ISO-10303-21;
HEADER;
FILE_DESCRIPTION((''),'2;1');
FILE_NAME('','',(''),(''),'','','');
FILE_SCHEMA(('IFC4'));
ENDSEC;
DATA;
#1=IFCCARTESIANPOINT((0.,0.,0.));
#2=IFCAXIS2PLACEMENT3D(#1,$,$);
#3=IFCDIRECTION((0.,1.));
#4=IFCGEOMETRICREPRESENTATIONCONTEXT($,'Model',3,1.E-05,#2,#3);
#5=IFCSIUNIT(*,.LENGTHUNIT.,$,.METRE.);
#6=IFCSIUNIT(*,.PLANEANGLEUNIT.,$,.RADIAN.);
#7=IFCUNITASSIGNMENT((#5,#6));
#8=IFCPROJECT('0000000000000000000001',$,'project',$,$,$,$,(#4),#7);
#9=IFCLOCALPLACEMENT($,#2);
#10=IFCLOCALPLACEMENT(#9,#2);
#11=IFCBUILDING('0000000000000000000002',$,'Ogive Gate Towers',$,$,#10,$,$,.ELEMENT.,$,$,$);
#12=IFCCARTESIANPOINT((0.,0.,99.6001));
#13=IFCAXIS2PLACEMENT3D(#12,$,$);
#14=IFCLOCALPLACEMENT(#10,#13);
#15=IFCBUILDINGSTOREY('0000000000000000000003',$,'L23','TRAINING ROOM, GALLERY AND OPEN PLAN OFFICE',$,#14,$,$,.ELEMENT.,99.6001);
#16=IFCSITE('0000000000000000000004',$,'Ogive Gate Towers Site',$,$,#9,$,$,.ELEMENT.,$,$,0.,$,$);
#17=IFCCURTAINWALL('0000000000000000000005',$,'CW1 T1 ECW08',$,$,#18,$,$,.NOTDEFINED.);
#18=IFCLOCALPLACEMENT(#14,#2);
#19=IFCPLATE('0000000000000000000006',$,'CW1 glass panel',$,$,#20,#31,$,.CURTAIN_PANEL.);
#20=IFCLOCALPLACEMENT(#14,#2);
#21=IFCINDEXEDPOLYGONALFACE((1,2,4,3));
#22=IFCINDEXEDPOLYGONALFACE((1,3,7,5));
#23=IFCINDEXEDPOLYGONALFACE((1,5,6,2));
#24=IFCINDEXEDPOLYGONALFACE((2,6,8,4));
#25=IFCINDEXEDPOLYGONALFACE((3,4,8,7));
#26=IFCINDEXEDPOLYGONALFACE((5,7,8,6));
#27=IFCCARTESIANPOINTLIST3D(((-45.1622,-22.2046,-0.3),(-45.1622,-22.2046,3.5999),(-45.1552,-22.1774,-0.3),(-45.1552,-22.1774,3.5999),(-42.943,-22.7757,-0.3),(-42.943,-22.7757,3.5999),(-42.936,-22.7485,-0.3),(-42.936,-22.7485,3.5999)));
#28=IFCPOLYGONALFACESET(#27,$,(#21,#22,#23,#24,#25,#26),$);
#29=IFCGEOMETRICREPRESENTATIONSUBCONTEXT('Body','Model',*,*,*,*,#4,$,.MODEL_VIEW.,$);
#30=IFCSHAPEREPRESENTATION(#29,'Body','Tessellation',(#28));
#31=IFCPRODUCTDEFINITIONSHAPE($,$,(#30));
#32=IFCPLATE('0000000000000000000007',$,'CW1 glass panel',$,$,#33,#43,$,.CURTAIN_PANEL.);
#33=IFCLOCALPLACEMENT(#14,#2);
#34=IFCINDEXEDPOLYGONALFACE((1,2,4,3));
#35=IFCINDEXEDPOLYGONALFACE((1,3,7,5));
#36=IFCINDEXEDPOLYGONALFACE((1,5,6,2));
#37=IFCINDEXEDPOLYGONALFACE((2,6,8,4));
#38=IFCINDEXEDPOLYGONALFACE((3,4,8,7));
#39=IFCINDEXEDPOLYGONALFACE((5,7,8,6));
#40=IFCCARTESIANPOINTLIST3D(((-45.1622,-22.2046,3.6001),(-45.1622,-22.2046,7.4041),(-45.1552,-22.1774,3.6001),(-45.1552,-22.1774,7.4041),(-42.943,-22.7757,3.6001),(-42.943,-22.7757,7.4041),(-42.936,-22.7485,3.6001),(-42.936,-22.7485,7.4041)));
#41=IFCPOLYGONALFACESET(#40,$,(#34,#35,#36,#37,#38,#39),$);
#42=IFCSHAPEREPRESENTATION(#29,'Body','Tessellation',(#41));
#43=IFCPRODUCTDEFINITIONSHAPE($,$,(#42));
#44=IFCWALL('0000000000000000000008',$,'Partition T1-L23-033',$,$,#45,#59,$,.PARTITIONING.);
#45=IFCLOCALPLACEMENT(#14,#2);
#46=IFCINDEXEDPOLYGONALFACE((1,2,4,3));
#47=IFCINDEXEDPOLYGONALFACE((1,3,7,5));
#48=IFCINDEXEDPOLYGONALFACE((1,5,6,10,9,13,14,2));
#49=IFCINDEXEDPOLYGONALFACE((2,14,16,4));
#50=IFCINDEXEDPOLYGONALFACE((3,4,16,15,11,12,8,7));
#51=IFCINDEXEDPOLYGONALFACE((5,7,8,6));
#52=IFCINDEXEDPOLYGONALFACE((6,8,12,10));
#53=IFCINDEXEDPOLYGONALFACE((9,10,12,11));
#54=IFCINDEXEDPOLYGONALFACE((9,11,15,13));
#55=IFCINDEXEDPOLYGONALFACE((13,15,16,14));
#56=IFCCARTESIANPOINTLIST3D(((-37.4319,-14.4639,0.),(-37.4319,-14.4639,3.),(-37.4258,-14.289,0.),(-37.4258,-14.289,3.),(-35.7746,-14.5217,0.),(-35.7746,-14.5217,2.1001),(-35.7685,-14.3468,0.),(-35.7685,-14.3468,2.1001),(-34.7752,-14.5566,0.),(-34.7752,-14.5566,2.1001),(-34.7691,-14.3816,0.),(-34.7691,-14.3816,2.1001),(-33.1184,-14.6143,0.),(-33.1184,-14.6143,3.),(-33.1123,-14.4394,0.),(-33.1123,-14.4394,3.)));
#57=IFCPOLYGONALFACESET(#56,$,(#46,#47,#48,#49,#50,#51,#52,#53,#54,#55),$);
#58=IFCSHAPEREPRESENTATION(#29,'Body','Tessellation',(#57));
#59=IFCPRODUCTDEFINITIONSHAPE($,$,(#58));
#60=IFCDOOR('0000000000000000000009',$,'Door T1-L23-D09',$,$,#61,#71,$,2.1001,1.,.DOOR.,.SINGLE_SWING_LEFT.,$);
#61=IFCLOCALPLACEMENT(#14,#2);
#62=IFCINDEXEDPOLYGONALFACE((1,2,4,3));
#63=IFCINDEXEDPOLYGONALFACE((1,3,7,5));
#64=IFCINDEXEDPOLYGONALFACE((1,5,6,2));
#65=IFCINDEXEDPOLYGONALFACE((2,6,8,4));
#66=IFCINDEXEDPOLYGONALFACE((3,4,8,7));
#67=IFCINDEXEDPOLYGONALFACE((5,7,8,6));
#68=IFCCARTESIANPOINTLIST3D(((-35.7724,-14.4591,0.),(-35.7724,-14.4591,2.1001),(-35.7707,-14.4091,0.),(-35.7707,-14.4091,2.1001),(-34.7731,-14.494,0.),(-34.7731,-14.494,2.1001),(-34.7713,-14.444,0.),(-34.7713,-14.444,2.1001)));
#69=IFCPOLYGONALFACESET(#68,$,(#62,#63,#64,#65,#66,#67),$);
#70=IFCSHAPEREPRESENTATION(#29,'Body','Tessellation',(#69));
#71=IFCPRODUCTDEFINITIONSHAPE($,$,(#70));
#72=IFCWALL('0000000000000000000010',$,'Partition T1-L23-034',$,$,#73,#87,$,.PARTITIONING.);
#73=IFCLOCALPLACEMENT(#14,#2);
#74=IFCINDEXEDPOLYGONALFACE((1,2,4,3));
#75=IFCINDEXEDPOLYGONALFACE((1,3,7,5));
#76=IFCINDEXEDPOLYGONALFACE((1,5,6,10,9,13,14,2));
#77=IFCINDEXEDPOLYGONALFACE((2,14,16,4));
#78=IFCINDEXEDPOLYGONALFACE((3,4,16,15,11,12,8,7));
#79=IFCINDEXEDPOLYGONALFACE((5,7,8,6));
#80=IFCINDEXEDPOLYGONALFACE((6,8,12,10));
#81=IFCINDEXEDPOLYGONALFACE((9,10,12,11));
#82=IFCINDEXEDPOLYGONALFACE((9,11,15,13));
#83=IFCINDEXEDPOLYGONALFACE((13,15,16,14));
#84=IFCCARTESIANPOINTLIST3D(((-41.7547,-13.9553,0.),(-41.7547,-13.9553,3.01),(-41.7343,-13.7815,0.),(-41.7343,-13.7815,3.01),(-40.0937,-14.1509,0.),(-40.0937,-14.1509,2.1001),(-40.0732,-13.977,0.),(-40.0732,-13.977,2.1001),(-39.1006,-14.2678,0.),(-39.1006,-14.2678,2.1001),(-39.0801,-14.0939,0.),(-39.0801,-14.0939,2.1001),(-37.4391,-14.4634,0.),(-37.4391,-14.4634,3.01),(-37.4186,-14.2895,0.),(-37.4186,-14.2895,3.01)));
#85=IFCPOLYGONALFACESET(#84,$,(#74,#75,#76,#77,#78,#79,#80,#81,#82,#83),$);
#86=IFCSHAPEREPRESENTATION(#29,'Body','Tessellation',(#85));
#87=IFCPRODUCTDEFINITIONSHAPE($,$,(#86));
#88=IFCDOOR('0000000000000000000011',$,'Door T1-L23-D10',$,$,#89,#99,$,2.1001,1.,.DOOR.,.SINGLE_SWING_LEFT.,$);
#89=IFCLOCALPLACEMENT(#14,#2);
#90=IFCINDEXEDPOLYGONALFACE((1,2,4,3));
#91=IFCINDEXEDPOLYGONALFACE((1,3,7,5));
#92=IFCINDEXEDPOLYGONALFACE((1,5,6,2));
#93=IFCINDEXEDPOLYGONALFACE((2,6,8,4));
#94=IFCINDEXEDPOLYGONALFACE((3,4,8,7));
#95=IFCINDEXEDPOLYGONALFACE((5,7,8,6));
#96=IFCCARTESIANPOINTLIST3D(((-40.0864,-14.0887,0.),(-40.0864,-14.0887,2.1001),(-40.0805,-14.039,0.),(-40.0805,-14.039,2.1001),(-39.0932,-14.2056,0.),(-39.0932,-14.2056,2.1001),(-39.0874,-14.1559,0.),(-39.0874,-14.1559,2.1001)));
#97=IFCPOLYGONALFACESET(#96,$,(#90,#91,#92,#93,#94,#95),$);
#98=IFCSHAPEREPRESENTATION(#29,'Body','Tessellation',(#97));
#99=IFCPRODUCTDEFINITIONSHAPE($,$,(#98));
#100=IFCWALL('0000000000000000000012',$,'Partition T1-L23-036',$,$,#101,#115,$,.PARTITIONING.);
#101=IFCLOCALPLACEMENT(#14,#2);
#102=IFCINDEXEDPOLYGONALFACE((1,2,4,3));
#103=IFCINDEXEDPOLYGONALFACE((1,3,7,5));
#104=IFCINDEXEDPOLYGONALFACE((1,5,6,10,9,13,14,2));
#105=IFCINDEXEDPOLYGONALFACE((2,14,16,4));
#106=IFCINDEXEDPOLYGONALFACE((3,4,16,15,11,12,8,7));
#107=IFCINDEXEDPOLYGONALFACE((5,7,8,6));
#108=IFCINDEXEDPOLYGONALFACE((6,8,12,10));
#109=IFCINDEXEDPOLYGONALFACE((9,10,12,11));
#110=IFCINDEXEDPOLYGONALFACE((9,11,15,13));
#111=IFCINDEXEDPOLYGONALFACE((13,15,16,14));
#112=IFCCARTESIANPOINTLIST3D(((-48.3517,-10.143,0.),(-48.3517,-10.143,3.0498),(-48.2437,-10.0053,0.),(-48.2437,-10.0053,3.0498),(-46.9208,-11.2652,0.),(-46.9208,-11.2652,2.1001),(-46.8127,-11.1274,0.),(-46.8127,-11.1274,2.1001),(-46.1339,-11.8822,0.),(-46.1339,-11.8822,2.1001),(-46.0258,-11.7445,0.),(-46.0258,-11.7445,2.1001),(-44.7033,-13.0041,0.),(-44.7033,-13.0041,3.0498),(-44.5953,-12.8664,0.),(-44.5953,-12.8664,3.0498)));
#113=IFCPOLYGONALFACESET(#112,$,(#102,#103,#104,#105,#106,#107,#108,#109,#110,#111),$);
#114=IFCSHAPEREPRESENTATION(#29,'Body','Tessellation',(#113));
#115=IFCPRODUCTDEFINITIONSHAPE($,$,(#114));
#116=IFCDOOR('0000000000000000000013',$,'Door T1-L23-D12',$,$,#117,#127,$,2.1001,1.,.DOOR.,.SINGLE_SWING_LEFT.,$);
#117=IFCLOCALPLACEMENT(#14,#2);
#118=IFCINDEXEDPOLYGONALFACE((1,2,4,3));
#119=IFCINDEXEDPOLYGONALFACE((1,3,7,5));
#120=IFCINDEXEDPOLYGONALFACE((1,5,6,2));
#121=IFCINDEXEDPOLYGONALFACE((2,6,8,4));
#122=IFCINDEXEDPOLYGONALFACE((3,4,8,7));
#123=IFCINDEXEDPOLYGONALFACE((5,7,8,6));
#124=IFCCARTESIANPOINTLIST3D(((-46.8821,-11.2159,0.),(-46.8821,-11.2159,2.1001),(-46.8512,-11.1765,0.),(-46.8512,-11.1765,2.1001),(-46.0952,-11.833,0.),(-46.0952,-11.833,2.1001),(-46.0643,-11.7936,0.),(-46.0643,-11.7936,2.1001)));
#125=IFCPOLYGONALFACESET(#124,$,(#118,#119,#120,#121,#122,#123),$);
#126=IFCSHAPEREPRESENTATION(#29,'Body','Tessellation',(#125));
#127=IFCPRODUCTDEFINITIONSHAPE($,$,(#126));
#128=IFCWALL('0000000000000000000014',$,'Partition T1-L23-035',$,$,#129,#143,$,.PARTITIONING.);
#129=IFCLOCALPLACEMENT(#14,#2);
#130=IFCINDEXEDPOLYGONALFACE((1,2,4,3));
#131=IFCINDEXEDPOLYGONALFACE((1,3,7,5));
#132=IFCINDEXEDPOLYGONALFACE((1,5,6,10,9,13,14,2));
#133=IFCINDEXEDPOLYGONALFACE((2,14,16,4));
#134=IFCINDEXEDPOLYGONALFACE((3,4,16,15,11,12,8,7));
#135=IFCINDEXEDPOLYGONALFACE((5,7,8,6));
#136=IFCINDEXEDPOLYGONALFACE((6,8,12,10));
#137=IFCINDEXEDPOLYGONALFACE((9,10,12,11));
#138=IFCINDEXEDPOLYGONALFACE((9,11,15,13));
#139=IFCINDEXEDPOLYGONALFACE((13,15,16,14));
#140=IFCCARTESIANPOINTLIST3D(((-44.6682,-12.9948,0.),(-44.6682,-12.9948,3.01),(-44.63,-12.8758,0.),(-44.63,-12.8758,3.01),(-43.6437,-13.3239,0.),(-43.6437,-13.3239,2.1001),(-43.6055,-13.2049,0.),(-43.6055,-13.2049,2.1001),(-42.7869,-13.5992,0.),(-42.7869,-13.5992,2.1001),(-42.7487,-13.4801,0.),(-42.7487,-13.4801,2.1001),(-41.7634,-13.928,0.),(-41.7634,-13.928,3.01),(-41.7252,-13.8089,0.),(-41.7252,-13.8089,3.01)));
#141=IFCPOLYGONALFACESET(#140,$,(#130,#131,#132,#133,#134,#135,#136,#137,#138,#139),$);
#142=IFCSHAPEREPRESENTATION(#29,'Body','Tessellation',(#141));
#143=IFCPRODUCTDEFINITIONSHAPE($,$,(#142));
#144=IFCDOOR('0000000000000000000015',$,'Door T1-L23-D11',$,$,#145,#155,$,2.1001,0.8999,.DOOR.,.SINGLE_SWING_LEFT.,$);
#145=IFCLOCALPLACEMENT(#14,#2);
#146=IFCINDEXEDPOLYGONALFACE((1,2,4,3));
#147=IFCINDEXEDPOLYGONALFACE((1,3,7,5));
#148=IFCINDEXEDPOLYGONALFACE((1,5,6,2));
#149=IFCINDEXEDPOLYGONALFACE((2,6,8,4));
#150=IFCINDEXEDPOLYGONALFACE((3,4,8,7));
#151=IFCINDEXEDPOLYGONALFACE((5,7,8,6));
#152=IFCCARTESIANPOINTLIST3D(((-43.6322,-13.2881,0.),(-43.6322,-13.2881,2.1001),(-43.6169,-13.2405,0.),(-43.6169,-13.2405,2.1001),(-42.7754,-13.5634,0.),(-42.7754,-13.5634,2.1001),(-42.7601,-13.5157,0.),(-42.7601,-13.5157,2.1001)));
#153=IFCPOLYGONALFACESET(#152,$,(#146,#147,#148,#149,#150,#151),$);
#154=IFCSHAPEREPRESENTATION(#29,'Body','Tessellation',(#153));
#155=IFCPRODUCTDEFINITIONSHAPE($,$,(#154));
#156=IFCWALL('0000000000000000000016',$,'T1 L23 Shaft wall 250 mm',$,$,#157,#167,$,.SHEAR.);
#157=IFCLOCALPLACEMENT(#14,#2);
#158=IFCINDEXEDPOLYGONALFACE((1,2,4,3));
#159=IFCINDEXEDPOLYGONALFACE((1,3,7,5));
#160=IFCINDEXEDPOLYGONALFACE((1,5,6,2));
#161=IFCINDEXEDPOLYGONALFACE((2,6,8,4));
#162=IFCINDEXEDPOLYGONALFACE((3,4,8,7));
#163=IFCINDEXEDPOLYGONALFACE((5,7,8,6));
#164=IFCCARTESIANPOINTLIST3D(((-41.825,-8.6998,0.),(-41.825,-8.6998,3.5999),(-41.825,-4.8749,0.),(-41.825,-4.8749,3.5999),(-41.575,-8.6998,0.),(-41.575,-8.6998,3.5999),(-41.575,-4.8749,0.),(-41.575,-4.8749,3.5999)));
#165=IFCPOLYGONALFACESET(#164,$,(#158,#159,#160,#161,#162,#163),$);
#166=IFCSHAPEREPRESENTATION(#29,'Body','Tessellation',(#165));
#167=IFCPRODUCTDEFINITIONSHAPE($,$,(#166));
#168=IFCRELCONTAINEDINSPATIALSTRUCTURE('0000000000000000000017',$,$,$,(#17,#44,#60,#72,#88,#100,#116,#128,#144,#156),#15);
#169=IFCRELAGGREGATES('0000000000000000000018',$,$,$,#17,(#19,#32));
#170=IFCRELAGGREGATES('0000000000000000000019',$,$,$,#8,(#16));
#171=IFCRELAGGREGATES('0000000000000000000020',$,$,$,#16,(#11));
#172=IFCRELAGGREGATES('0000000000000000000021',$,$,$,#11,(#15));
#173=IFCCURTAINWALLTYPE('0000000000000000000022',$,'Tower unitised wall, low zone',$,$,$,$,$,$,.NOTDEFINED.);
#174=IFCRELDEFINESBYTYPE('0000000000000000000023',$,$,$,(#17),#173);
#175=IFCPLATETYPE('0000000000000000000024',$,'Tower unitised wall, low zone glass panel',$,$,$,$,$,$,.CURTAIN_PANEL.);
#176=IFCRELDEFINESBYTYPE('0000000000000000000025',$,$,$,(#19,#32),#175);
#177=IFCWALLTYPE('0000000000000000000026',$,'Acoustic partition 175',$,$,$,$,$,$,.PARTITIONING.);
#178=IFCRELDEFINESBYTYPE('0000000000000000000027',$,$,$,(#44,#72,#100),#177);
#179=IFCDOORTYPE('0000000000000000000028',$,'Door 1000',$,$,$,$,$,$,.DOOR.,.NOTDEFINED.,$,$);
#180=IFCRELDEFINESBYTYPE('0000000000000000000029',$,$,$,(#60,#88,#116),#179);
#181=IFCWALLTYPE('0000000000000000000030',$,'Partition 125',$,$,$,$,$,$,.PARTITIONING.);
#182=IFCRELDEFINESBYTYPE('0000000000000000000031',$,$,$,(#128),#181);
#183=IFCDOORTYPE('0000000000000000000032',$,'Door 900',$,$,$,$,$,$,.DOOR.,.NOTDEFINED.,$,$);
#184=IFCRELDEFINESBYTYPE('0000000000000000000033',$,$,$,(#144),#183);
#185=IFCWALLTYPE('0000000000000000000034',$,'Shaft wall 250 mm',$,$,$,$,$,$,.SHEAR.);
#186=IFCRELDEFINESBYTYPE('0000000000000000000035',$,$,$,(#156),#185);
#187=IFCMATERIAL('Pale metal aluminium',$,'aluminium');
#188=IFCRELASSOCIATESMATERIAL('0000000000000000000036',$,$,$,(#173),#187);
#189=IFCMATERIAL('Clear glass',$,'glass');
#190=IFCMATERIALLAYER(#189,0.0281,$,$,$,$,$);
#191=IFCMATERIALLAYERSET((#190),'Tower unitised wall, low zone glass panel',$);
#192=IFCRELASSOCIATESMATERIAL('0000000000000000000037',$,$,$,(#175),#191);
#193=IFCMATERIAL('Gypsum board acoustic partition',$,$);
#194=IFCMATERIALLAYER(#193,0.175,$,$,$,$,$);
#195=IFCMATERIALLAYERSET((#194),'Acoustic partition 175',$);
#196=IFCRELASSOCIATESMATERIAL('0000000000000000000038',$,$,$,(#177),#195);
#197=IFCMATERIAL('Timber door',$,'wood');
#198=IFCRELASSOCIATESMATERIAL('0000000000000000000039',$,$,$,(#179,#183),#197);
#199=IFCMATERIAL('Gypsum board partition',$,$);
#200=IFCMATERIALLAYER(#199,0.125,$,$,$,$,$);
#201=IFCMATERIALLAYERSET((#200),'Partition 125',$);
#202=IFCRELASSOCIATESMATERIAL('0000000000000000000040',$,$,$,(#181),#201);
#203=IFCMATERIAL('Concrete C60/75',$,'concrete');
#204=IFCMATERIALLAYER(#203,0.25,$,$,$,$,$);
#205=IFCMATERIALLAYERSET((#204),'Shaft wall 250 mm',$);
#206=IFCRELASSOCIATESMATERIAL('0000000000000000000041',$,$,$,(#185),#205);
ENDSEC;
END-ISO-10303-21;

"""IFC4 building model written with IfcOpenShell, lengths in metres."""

from ifc_helpers import new_model, si_unit, direction, frame, frame_2d, origin, origin_2d, place, context, subcontext, project, spatial, rectangle, extrude, material, layer, layer_set, type_object, element, fill, aggregate, save


model = new_model("IFC4")

# Units and contexts
model_context = context("Model", 3, precision=1e-05, world=origin(), true_north=direction((0.0, 1.0)))
body_context = subcontext(model_context, "Body", "Model", "MODEL_VIEW")
ifc_project = project(units=[si_unit("LENGTHUNIT", "METRE"), si_unit("PLANEANGLEUNIT", "RADIAN")], contexts=[model_context])

# Site, building, storey
site_placement = place(None, origin())
site = spatial("IfcSite", under=ifc_project, at=site_placement, Name="Ogive Gate Towers Site", CompositionType="ELEMENT", RefElevation=0.0)
building_placement = place(site_placement, origin())
building = spatial("IfcBuilding", under=site, at=building_placement, Name="Ogive Gate Towers", CompositionType="ELEMENT")
storey_placement = place(building_placement, frame((0.0, 0.0, 99.6001)))
storey = spatial("IfcBuildingStorey", under=building, at=storey_placement, Name="L23", Description="TRAINING ROOM, GALLERY AND OPEN PLAN OFFICE", CompositionType="ELEMENT", Elevation=99.6001)

# Curtain wall
ifc_material_1 = material(Name="Pale metal aluminium", Category="aluminium")
curtain_wall_type = type_object("IfcCurtainWallType", Name="Tower unitised wall, low zone", PredefinedType="NOTDEFINED", material=ifc_material_1)
curtain_wall_placement = place(storey_placement, origin())
curtain_wall = element("IfcCurtainWall", 1, at=curtain_wall_placement, inside=storey, type_object=curtain_wall_type, Name="CW1 T1 ECW08", PredefinedType="NOTDEFINED")

# Plates
ifc_material_2 = material(Name="Clear glass", Category="glass")
ifc_layer_1 = layer(ifc_material_2, 0.0281)
ifc_layer_set_1 = layer_set([ifc_layer_1], Name="Tower unitised wall, low zone glass panel")
plate_type = type_object("IfcPlateType", Name="Tower unitised wall, low zone glass panel", PredefinedType="CURTAIN_PANEL", material=ifc_layer_set_1)
plate_1_placement = place(storey_placement, frame((-44.0491, -22.4766, -0.3), z_axis=(0.0, 0.0, 1.0), x_axis=(-0.96844, 0.249248, 0.0)))
plate_1 = element("IfcPlate", 2, at=plate_1_placement, type_object=plate_type, Name="CW1 glass panel", PredefinedType="CURTAIN_PANEL", context=body_context, shape_type="SweptSolid", body=[
    extrude(rectangle(XDim=2.2915, YDim=0.0281, at=origin_2d()), origin(), (0.0, 0.0, 1.0), 3.8999),
])
plate_2_placement = place(storey_placement, frame((-44.0491, -22.4766, 3.6001), z_axis=(0.0, 0.0, 1.0), x_axis=(-0.96844, 0.249248, 0.0)))
plate_2 = element("IfcPlate", 3, at=plate_2_placement, type_object=plate_type, Name="CW1 glass panel", PredefinedType="CURTAIN_PANEL", context=body_context, shape_type="SweptSolid", body=[
    extrude(rectangle(XDim=2.2915, YDim=0.0281, at=origin_2d()), origin(), (0.0, 0.0, 1.0), 3.804),
])
aggregate(curtain_wall, [plate_1, plate_2])

# Walls, openings, doors
ifc_material_3 = material(Name="Gypsum board acoustic partition")
ifc_layer_2 = layer(ifc_material_3, 0.175)
ifc_layer_set_2 = layer_set([ifc_layer_2], Name="Acoustic partition 175")
wall_type_1 = type_object("IfcWallType", Name="Acoustic partition 175", PredefinedType="PARTITIONING", material=ifc_layer_set_2)
wall_1_placement = place(storey_placement, frame((-33.1152, -14.5269, 0.0), z_axis=(0.0, 0.0, 1.0), x_axis=(-0.999393, 0.034844, 0.0)))
wall_1 = element("IfcWall", 4, at=wall_1_placement, inside=storey, type_object=wall_type_1, Name="Partition T1-L23-033", PredefinedType="PARTITIONING", context=body_context, shape_type="SweptSolid", body=[
    extrude(rectangle(XDim=4.3162, YDim=0.175, at=frame_2d((2.1582, 0.0))), origin(), (0.0, 0.0, 1.0), 3.0),
])
opening_1_placement = place(wall_1_placement, frame((1.658, 0.0, 0.0)))
opening_1 = element("IfcOpeningElement", 5, at=opening_1_placement, cuts=wall_1, PredefinedType="OPENING", context=body_context, shape_type="SweptSolid", body=[
    extrude(rectangle(XDim=1.0, YDim=2.1001, at=frame_2d((0.5, 1.05))), frame((0.0, 0.0977, 0.0), z_axis=(0.0, -1.0, 0.0), x_axis=(1.0, 0.0, 0.0)), (0.0, 0.0, 1.0), 0.1951),
])
ifc_material_4 = material(Name="Timber door", Category="wood")
door_type_1 = type_object("IfcDoorType", Name="Door 1000", OperationType="NOTDEFINED", PredefinedType="DOOR", material=ifc_material_4)
door_1_placement = place(opening_1_placement, origin())
door_1 = element("IfcDoor", 6, at=door_1_placement, inside=storey, type_object=door_type_1, Name="Door T1-L23-D09", OperationType="SINGLE_SWING_LEFT", OverallHeight=2.1001, OverallWidth=1.0, PredefinedType="DOOR", context=body_context, shape_type="SweptSolid", body=[
    extrude(rectangle(XDim=1.0, YDim=2.1001, at=frame_2d((0.5, 1.05))), frame((0.0, 0.0249, 0.0), z_axis=(0.0, -1.0, 0.0), x_axis=(1.0, 0.0, 0.0)), (0.0, 0.0, 1.0), 0.05),
])
fill(opening_1, door_1)
wall_2_placement = place(storey_placement, frame((-37.4287, -14.3765, 0.0), z_axis=(0.0, 0.0, 1.0), x_axis=(-0.993142, 0.116916, 0.0)))
wall_2 = element("IfcWall", 7, at=wall_2_placement, inside=storey, type_object=wall_type_1, Name="Partition T1-L23-034", PredefinedType="PARTITIONING", context=body_context, shape_type="SweptSolid", body=[
    extrude(rectangle(XDim=4.3455, YDim=0.175, at=frame_2d((2.1729, 0.0))), origin(), (0.0, 0.0, 1.0), 3.01),
])
opening_2_placement = place(wall_2_placement, frame((1.6731, 0.0, 0.0)))
opening_2 = element("IfcOpeningElement", 8, at=opening_2_placement, cuts=wall_2, PredefinedType="OPENING", context=body_context, shape_type="SweptSolid", body=[
    extrude(rectangle(XDim=1.0, YDim=2.1001, at=frame_2d((0.5, 1.05))), frame((0.0, 0.0977, 0.0), z_axis=(0.0, -1.0, 0.0), x_axis=(1.0, 0.0, 0.0)), (0.0, 0.0, 1.0), 0.1951),
])
door_2_placement = place(opening_2_placement, origin())
door_2 = element("IfcDoor", 9, at=door_2_placement, inside=storey, type_object=door_type_1, Name="Door T1-L23-D10", OperationType="SINGLE_SWING_LEFT", OverallHeight=2.1001, OverallWidth=1.0, PredefinedType="DOOR", context=body_context, shape_type="SweptSolid", body=[
    extrude(rectangle(XDim=1.0, YDim=2.1001, at=frame_2d((0.5, 1.05))), frame((0.0, 0.0249, 0.0), z_axis=(0.0, -1.0, 0.0), x_axis=(1.0, 0.0, 0.0)), (0.0, 0.0, 1.0), 0.05),
])
fill(opening_2, door_2)
wall_3_placement = place(storey_placement, frame((-44.6492, -12.9353, 0.0), z_axis=(0.0, 0.0, 1.0), x_axis=(-0.786899, 0.617082, 0.0)))
wall_3 = element("IfcWall", 10, at=wall_3_placement, inside=storey, type_object=wall_type_1, Name="Partition T1-L23-036", PredefinedType="PARTITIONING", context=body_context, shape_type="SweptSolid", body=[
    extrude(rectangle(XDim=4.6365, YDim=0.175, at=frame_2d((2.3184, 0.0))), origin(), (0.0, 0.0, 1.0), 3.0498),
])
opening_3_placement = place(wall_3_placement, frame((1.8181, 0.0, 0.0)))
opening_3 = element("IfcOpeningElement", 11, at=opening_3_placement, cuts=wall_3, PredefinedType="OPENING", context=body_context, shape_type="SweptSolid", body=[
    extrude(rectangle(XDim=1.0, YDim=2.1001, at=frame_2d((0.5, 1.05))), frame((0.0, 0.0977, 0.0), z_axis=(0.0, -1.0, 0.0), x_axis=(1.0, 0.0, 0.0)), (0.0, 0.0, 1.0), 0.1951),
])
door_3_placement = place(opening_3_placement, origin())
door_3 = element("IfcDoor", 12, at=door_3_placement, inside=storey, type_object=door_type_1, Name="Door T1-L23-D12", OperationType="SINGLE_SWING_LEFT", OverallHeight=2.1001, OverallWidth=1.0, PredefinedType="DOOR", context=body_context, shape_type="SweptSolid", body=[
    extrude(rectangle(XDim=1.0, YDim=2.1001, at=frame_2d((0.5, 1.05))), frame((0.0, 0.0249, 0.0), z_axis=(0.0, -1.0, 0.0), x_axis=(1.0, 0.0, 0.0)), (0.0, 0.0, 1.0), 0.05),
])
fill(opening_3, door_3)
ifc_material_5 = material(Name="Gypsum board partition")
ifc_layer_3 = layer(ifc_material_5, 0.125)
ifc_layer_set_3 = layer_set([ifc_layer_3], Name="Partition 125")
wall_type_2 = type_object("IfcWallType", Name="Partition 125", PredefinedType="PARTITIONING", material=ifc_layer_set_3)
wall_4_placement = place(storey_placement, frame((-41.7444, -13.8684, 0.0), z_axis=(0.0, 0.0, 1.0), x_axis=(-0.952083, 0.305838, 0.0)))
wall_4 = element("IfcWall", 13, at=wall_4_placement, inside=storey, type_object=wall_type_2, Name="Partition T1-L23-035", PredefinedType="PARTITIONING", context=body_context, shape_type="SweptSolid", body=[
    extrude(rectangle(XDim=3.051, YDim=0.125, at=frame_2d((1.5254, 0.0))), origin(), (0.0, 0.0, 1.0), 3.01),
])
opening_4_placement = place(wall_4_placement, frame((1.075, 0.0, 0.0)))
opening_4 = element("IfcOpeningElement", 14, at=opening_4_placement, cuts=wall_4, PredefinedType="OPENING", context=body_context, shape_type="SweptSolid", body=[
    extrude(rectangle(XDim=0.8999, YDim=2.1001, at=frame_2d((0.45, 1.05))), frame((0.0, 0.0725, 0.0), z_axis=(0.0, -1.0, 0.0), x_axis=(1.0, 0.0, 0.0)), (0.0, 0.0, 1.0), 0.145),
])
door_type_2 = type_object("IfcDoorType", Name="Door 900", OperationType="NOTDEFINED", PredefinedType="DOOR", material=ifc_material_4)
door_4_placement = place(opening_4_placement, origin())
door_4 = element("IfcDoor", 15, at=door_4_placement, inside=storey, type_object=door_type_2, Name="Door T1-L23-D11", OperationType="SINGLE_SWING_LEFT", OverallHeight=2.1001, OverallWidth=0.8999, PredefinedType="DOOR", context=body_context, shape_type="SweptSolid", body=[
    extrude(rectangle(XDim=0.8999, YDim=2.1001, at=frame_2d((0.45, 1.05))), frame((0.0, 0.0249, 0.0), z_axis=(0.0, -1.0, 0.0), x_axis=(1.0, 0.0, 0.0)), (0.0, 0.0, 1.0), 0.05),
])
fill(opening_4, door_4)

# Wall
ifc_material_6 = material(Name="Concrete C60/75", Category="concrete")
ifc_layer_4 = layer(ifc_material_6, 0.25)
ifc_layer_set_4 = layer_set([ifc_layer_4], Name="Shaft wall 250 mm")
wall_type_3 = type_object("IfcWallType", Name="Shaft wall 250 mm", PredefinedType="SHEAR", material=ifc_layer_set_4)
wall_5_placement = place(storey_placement, frame((-41.7, -8.7, 0.0), z_axis=(0.0, 0.0, 1.0), x_axis=(0.0, 1.0, 0.0)))
element("IfcWall", 16, at=wall_5_placement, inside=storey, type_object=wall_type_3, Name="T1 L23 Shaft wall 250 mm", PredefinedType="SHEAR", context=body_context, shape_type="SweptSolid", body=[
    extrude(rectangle(XDim=3.825, YDim=0.25, at=frame_2d((1.9126, 0.0))), origin(), (0.0, 0.0, 1.0), 3.5999),
])

save(model, "model.ifc")
